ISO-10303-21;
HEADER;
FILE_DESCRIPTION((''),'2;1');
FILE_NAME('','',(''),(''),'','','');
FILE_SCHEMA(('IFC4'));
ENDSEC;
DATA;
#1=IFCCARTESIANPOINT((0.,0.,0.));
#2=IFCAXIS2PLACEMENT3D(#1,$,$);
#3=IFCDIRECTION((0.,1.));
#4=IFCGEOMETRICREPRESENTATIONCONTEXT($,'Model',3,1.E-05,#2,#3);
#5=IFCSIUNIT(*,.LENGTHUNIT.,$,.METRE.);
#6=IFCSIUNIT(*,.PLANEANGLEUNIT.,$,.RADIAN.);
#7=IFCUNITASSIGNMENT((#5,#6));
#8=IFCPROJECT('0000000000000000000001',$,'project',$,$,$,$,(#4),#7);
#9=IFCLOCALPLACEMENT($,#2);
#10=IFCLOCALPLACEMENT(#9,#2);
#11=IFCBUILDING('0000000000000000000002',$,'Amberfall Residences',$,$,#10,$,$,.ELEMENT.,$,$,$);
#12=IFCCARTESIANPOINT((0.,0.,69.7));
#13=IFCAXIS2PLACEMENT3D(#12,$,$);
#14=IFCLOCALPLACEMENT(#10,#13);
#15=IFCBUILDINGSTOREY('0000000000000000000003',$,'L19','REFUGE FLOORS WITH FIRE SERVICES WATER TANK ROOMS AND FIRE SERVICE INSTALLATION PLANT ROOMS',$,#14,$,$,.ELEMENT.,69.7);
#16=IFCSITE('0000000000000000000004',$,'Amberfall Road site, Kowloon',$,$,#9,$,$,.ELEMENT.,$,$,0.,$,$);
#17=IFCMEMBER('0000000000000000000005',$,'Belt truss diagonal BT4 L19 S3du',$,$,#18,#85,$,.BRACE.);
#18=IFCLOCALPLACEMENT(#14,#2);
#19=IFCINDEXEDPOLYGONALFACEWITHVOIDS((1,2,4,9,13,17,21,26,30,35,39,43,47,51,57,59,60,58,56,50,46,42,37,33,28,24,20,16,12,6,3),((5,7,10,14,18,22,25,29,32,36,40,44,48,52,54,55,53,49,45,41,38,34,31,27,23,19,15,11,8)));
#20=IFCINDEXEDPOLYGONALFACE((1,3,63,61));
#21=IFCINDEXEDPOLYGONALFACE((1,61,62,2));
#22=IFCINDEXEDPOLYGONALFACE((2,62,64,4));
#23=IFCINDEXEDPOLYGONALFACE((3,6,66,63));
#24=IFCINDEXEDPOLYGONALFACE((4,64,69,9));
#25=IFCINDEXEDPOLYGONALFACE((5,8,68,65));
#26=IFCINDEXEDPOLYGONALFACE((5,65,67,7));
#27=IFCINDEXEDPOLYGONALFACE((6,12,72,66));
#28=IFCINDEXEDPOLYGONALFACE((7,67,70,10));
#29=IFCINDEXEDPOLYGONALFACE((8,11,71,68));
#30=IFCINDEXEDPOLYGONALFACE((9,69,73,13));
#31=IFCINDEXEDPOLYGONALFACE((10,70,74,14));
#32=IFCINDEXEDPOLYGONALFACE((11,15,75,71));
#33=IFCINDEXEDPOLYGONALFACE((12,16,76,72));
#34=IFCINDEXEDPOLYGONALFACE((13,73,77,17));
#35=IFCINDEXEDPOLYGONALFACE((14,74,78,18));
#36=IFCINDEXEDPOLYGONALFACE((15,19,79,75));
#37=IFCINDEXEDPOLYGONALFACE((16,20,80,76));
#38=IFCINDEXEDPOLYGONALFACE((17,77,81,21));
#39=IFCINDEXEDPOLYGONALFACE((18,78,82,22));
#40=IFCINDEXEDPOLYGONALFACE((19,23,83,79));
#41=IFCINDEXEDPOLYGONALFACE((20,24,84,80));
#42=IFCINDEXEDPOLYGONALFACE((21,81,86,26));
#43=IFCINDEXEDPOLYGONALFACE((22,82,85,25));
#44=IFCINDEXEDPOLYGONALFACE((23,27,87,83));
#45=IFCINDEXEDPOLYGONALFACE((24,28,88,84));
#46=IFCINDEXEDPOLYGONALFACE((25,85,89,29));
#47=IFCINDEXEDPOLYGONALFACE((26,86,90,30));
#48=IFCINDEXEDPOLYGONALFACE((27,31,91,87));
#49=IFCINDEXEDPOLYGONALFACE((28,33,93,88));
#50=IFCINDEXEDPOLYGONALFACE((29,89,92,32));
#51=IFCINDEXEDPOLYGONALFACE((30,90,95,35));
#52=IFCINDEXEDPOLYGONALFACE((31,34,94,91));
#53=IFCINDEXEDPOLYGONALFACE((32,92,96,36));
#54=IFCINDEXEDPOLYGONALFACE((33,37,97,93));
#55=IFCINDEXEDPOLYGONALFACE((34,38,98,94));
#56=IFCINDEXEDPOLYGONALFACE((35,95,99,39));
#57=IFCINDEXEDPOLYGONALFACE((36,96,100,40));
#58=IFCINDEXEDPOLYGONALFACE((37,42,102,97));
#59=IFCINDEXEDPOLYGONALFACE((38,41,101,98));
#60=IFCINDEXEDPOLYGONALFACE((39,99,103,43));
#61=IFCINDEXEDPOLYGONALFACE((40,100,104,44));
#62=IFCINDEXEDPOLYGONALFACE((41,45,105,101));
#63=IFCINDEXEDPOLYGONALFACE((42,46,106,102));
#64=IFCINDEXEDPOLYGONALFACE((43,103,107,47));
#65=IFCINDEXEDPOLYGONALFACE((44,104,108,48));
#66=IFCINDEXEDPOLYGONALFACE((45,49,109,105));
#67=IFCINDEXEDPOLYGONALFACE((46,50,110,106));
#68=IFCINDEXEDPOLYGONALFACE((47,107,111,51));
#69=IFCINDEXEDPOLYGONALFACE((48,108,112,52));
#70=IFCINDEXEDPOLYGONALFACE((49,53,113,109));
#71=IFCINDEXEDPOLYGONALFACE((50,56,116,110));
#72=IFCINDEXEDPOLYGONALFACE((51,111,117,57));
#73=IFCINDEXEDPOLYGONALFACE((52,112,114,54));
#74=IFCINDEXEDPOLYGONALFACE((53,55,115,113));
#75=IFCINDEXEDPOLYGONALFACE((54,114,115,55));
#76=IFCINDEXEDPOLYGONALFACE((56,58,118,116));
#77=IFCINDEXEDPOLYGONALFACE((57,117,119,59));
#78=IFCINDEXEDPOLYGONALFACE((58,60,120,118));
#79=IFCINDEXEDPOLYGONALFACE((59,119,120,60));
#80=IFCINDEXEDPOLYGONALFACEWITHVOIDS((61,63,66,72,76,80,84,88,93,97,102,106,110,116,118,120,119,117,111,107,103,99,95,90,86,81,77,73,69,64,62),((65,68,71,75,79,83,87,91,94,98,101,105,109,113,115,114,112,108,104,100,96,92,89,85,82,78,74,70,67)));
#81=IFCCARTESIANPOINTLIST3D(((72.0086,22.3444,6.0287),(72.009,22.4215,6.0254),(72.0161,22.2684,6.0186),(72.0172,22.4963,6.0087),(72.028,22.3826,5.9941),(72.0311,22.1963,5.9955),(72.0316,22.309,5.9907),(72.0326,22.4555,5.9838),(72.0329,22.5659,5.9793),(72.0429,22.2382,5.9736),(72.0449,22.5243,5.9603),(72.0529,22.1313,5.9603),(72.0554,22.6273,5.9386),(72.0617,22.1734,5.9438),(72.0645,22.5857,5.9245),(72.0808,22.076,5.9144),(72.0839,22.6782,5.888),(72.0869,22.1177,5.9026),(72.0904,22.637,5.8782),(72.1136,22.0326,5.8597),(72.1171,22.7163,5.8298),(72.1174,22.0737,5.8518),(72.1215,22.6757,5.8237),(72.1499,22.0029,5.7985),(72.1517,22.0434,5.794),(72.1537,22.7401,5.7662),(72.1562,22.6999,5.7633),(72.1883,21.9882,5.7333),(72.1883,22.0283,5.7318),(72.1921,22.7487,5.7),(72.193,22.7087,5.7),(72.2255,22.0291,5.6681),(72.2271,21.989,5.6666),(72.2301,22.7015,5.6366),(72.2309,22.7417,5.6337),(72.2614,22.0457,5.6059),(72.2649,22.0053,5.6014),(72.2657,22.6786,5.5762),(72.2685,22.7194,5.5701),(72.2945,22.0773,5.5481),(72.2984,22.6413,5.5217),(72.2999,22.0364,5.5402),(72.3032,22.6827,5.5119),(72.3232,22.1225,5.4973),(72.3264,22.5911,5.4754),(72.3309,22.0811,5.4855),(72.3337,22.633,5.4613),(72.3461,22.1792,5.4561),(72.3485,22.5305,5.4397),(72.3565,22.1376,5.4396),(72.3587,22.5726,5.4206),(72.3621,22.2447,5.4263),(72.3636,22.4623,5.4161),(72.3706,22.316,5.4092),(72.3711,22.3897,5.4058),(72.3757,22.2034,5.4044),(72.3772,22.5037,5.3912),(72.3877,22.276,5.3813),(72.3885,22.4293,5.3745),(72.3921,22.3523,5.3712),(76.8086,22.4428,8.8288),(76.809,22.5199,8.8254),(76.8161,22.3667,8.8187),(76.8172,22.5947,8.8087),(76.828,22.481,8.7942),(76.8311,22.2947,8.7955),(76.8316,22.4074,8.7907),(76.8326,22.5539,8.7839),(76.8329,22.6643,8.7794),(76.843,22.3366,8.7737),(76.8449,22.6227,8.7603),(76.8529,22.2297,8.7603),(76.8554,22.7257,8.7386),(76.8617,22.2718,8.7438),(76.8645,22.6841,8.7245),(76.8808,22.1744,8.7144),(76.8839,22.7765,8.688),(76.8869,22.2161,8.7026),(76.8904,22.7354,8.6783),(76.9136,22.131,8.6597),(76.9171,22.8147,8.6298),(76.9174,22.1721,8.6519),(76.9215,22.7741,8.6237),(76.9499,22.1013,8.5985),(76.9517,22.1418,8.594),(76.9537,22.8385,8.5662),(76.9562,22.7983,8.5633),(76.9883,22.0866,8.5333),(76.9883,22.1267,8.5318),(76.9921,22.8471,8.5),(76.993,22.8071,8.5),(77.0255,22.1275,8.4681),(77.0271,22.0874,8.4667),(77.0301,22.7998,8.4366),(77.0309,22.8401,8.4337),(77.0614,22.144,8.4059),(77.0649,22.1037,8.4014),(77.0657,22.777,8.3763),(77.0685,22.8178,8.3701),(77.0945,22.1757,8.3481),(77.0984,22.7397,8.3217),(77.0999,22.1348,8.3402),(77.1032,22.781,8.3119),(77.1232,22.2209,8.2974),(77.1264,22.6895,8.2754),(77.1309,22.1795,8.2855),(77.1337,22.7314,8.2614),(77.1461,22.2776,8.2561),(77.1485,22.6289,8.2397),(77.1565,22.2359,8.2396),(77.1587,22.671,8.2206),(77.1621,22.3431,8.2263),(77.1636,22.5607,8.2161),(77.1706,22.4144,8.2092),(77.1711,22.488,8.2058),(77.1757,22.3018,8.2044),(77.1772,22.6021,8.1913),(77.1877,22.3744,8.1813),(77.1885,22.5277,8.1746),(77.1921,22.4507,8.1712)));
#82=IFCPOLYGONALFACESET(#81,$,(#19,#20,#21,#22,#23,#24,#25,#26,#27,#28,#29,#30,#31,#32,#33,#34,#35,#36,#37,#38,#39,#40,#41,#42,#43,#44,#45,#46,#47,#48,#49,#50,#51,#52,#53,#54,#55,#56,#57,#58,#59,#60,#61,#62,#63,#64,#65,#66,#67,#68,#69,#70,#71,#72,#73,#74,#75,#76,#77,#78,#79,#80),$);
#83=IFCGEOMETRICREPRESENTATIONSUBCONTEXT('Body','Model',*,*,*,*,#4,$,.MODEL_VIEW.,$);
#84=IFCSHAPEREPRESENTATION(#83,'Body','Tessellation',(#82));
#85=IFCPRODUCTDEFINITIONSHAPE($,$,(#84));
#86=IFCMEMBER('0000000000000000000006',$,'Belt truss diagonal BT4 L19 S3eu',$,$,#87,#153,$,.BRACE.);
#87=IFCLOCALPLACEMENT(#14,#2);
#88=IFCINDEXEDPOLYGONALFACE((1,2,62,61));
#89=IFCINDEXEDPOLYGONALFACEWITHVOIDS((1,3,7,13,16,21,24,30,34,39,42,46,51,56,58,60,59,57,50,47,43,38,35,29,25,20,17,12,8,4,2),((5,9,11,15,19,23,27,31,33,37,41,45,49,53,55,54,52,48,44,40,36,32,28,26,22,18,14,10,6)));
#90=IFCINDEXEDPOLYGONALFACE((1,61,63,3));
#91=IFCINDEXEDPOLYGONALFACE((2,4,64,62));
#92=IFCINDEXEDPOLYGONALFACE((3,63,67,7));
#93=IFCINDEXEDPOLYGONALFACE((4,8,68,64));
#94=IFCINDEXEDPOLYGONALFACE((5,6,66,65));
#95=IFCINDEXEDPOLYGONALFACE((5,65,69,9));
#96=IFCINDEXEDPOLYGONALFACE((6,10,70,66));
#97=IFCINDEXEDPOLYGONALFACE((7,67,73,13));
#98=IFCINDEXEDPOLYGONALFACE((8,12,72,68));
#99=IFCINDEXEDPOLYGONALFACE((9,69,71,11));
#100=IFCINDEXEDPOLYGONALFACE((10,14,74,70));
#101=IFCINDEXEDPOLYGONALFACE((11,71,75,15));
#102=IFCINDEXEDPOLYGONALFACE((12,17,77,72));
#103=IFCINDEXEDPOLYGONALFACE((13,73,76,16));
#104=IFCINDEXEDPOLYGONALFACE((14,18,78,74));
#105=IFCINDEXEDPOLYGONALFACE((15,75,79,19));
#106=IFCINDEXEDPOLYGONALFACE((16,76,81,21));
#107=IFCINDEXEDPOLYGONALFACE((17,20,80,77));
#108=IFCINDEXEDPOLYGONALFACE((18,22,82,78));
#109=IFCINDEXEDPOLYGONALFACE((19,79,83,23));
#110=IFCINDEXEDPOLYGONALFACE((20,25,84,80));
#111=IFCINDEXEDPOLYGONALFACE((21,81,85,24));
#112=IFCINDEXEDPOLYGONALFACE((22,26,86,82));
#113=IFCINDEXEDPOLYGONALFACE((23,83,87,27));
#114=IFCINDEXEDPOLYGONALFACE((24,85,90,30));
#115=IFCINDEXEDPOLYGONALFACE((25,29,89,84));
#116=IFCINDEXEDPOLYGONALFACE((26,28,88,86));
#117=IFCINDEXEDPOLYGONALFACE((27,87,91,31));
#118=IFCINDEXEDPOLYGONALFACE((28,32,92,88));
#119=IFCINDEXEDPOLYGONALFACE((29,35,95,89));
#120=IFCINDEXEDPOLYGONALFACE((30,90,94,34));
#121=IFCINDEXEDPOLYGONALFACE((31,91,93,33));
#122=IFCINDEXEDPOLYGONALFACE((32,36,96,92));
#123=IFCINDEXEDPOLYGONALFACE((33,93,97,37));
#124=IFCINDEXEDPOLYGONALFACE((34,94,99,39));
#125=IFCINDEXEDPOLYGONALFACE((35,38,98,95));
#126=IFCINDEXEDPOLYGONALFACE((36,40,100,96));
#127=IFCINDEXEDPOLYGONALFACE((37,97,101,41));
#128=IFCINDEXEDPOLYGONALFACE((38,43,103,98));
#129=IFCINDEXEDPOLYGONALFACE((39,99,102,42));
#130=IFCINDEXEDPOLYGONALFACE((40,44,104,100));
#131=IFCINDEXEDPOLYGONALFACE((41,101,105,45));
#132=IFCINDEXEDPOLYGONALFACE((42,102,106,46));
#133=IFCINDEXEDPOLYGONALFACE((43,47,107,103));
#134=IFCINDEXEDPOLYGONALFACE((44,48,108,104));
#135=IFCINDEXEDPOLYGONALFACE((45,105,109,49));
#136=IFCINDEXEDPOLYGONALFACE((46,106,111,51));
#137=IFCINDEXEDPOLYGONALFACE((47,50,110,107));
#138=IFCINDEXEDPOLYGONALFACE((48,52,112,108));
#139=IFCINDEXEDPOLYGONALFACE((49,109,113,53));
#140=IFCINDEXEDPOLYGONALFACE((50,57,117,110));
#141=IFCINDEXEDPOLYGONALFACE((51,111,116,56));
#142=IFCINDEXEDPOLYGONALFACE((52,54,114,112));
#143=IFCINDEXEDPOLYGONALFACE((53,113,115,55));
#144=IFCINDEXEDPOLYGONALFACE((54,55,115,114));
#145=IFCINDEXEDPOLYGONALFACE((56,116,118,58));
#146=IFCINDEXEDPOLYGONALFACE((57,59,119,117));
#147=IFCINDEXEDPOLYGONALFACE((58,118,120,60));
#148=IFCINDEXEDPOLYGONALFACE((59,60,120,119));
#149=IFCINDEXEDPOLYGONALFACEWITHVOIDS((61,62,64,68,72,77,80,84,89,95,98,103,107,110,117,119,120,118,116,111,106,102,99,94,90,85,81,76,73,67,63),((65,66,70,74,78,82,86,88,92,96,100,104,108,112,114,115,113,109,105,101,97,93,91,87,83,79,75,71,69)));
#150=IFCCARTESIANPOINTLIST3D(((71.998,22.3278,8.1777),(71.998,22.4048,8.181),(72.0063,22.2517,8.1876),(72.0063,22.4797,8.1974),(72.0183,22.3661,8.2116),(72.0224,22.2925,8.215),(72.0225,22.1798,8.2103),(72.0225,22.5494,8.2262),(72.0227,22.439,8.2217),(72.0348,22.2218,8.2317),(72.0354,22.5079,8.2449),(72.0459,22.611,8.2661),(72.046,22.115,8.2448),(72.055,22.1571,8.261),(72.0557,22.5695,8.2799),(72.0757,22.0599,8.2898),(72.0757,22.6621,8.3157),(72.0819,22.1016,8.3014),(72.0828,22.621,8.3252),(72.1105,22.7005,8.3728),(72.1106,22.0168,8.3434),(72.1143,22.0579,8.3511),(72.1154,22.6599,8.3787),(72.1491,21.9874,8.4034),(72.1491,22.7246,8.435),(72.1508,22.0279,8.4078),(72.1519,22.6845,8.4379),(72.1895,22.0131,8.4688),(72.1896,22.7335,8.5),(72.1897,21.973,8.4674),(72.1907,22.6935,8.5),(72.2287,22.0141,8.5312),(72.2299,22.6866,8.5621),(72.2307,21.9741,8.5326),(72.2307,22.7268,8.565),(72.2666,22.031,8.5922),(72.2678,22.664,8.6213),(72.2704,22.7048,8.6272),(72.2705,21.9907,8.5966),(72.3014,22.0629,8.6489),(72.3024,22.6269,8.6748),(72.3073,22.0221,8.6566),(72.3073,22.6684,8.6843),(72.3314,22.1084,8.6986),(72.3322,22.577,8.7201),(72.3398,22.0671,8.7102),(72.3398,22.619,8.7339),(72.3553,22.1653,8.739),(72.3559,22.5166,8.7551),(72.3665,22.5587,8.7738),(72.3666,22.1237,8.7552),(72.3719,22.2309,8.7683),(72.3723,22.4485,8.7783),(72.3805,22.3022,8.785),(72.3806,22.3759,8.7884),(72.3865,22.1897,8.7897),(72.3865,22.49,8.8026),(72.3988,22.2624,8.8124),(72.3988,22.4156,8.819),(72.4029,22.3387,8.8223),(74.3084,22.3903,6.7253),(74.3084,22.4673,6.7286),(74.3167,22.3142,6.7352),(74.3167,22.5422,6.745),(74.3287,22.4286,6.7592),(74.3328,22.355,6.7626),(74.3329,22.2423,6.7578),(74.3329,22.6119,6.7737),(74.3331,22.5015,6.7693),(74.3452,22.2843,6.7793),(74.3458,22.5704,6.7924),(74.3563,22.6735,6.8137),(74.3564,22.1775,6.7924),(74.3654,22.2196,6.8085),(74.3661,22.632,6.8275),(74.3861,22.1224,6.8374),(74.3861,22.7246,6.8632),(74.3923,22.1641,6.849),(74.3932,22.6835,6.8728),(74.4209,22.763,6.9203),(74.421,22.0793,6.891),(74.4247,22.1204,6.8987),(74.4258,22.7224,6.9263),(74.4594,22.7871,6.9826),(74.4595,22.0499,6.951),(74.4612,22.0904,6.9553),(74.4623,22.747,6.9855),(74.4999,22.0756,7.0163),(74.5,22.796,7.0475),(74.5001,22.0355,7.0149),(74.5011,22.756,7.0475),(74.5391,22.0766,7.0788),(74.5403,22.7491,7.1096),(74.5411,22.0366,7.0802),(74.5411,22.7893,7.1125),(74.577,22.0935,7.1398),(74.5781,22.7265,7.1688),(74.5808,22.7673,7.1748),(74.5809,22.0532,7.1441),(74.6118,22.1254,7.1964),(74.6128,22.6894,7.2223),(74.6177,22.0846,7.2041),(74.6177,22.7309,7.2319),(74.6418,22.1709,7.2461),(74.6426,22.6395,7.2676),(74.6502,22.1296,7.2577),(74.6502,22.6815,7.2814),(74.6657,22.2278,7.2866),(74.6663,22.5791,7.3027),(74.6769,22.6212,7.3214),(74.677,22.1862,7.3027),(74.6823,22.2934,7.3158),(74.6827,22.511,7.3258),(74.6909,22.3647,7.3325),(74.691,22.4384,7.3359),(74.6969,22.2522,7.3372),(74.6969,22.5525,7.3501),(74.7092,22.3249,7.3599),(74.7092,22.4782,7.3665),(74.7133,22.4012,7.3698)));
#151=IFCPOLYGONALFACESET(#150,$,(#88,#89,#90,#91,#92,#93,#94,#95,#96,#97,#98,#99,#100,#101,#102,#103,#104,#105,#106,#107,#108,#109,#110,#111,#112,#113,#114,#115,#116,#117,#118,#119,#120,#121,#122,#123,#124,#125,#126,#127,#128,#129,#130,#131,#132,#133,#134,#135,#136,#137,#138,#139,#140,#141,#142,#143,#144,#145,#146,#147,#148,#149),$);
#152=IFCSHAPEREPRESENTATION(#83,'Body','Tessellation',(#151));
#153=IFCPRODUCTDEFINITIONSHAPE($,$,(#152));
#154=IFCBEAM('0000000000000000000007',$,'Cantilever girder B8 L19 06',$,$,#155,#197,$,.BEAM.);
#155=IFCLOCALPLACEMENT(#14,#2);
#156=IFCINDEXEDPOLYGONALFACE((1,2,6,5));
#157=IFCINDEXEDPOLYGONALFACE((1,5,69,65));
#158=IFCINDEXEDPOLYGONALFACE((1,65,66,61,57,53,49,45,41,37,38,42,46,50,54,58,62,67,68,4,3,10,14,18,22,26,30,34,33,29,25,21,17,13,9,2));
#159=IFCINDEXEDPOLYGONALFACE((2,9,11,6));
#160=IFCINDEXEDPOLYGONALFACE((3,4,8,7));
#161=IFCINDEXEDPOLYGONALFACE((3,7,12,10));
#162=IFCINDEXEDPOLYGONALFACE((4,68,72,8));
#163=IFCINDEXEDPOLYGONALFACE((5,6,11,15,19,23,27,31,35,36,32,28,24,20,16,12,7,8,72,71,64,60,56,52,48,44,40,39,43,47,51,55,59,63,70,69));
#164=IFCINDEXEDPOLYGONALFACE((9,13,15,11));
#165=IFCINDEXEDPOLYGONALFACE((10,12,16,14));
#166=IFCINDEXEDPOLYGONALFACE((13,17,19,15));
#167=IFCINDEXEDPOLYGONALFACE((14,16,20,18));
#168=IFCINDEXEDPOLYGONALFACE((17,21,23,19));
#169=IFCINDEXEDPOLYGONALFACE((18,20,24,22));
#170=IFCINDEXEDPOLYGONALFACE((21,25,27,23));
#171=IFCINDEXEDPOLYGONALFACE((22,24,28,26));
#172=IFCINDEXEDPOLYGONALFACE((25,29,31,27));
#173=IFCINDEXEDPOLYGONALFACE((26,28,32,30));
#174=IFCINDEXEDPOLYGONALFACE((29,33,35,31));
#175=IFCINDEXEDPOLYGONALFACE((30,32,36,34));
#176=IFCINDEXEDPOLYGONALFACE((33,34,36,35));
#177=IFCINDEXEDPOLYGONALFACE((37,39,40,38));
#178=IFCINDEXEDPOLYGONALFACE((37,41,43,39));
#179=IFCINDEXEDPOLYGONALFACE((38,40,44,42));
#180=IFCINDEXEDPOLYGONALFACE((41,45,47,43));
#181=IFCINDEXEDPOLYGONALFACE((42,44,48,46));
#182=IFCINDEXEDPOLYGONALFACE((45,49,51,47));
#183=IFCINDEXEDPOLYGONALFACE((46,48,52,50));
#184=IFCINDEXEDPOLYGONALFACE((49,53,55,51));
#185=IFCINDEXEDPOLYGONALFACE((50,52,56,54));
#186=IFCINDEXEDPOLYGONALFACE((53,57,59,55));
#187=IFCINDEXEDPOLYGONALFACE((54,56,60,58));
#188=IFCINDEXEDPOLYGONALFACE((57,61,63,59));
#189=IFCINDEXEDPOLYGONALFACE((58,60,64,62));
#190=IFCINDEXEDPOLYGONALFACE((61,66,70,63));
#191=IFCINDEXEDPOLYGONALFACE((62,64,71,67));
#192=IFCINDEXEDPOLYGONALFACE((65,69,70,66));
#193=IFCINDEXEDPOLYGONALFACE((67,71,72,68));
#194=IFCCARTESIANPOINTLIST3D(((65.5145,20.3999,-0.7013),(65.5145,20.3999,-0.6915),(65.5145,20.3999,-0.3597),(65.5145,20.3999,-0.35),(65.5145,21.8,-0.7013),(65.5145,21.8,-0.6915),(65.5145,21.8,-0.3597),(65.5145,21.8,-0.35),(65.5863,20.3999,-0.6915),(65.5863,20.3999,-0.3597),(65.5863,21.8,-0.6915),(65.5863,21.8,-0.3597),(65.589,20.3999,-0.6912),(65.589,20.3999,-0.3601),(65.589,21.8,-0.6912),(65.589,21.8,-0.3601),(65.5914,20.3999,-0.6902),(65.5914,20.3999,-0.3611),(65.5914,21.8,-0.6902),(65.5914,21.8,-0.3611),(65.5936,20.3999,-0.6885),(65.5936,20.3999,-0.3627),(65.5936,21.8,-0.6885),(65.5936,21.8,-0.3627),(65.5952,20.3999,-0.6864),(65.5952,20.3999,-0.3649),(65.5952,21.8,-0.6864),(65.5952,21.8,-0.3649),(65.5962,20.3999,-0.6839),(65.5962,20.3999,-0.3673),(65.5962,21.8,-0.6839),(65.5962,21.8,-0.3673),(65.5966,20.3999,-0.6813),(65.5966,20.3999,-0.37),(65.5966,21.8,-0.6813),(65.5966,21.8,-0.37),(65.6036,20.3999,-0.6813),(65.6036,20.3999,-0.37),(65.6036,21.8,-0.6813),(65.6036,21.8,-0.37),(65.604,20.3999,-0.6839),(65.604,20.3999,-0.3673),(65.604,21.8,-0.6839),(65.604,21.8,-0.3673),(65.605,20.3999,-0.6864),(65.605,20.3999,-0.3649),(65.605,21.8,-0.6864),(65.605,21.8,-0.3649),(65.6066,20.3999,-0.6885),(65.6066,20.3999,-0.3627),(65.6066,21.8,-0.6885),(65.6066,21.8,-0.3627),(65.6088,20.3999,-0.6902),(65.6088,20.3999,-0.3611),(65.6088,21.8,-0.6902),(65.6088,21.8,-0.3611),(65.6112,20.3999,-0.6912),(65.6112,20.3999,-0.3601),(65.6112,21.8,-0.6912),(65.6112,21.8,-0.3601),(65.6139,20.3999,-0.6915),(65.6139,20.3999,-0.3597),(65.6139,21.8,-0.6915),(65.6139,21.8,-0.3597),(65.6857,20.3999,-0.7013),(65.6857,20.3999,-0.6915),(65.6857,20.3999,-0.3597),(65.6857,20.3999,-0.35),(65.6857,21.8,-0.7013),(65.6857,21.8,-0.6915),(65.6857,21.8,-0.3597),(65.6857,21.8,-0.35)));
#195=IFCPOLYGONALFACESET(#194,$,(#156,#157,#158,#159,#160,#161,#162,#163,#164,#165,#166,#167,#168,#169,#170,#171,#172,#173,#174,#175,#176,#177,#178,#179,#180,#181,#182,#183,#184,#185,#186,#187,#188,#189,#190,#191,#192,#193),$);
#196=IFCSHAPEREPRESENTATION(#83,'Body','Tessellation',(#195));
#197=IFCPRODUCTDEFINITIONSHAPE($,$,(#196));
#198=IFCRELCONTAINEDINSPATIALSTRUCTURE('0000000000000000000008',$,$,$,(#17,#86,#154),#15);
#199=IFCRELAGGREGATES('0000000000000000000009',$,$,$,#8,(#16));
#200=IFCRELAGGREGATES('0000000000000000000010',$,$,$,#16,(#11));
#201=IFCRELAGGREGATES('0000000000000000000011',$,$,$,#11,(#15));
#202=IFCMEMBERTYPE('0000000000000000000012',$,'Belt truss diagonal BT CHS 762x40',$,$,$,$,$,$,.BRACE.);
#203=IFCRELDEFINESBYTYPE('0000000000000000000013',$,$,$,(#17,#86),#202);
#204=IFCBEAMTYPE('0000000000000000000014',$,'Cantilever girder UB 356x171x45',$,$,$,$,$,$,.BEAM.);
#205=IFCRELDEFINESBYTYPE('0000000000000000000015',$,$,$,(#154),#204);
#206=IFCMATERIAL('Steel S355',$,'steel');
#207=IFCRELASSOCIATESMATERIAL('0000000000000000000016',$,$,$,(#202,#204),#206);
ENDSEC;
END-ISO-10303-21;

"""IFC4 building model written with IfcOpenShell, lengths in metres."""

from ifc_helpers import new_model, si_unit, direction, frame, origin, origin_2d, place, context, subcontext, project, spatial, hollow_circle, i_section, extrude, material, material_profile, profile_set, type_object, element, save


model = new_model("IFC4")

# Units and contexts
model_context = context("Model", 3, precision=1e-05, world=origin(), true_north=direction((0.0, 1.0)))
body_context = subcontext(model_context, "Body", "Model", "MODEL_VIEW")
ifc_project = project(units=[si_unit("LENGTHUNIT", "METRE"), si_unit("PLANEANGLEUNIT", "RADIAN")], contexts=[model_context])

# Site, building, storey
site_placement = place(None, origin())
site = spatial("IfcSite", under=ifc_project, at=site_placement, Name="Amberfall Road site, Kowloon", CompositionType="ELEMENT", RefElevation=0.0)
building_placement = place(site_placement, origin())
building = spatial("IfcBuilding", under=site, at=building_placement, Name="Amberfall Residences", CompositionType="ELEMENT")
storey_placement = place(building_placement, frame((0.0, 0.0, 69.7)))
storey = spatial("IfcBuildingStorey", under=building, at=storey_placement, Name="L19", Description="REFUGE FLOORS WITH FIRE SERVICES WATER TANK ROOMS AND FIRE SERVICE INSTALLATION PLANT ROOMS", CompositionType="ELEMENT", Elevation=69.7)

# Shared definitions
ifc_material_1 = material(Name="Steel S355", Category="steel")

# Members
ifc_material_profile_1 = material_profile(ifc_material_1, hollow_circle(Radius=0.3811, WallThickness=0.04, at=origin_2d()), Name="CHS 762x40")
ifc_profile_set_1 = profile_set([ifc_material_profile_1], Name="Steel S355")
member_type = type_object("IfcMemberType", Name="Belt truss diagonal BT CHS 762x40", PredefinedType="BRACE", material=ifc_profile_set_1)
member_1_placement = place(storey_placement, frame((72.2, 22.3677, 5.7), z_axis=(0.863642, 0.017702, 0.503795), x_axis=(-0.020493, 0.99979, 0.0)))
element("IfcMember", 1, at=member_1_placement, inside=storey, type_object=member_type, Name="Belt truss diagonal BT4 L19 S3du", PredefinedType="BRACE", context=body_context, shape_type="SweptSolid", body=[
    extrude(hollow_circle(Radius=0.3811, WallThickness=0.04, at=origin_2d()), origin(), (0.0, 0.0, 1.0), 5.5579),
])
member_2_placement = place(storey_placement, frame((72.2, 22.3525, 8.5), z_axis=(0.846381, 0.022897, -0.532085), x_axis=(-0.027043, 0.999634, 0.0)))
element("IfcMember", 2, at=member_2_placement, inside=storey, type_object=member_type, Name="Belt truss diagonal BT4 L19 S3eu", PredefinedType="BRACE", context=body_context, shape_type="SweptSolid", body=[
    extrude(hollow_circle(Radius=0.3811, WallThickness=0.04, at=origin_2d()), origin(), (0.0, 0.0, 1.0), 2.7297),
])

# Beam
ifc_material_profile_2 = material_profile(ifc_material_1, i_section(OverallWidth=0.1711, OverallDepth=0.3513, WebThickness=0.0071, FlangeThickness=0.0098, FilletRadius=0.0103, at=origin_2d()), Name="UB 356x171x45")
ifc_profile_set_2 = profile_set([ifc_material_profile_2], Name="Steel S355")
beam_type_1 = type_object("IfcBeamType", Name="Cantilever girder UB 356x171x45", PredefinedType="BEAM", material=ifc_profile_set_2)
beam_1_placement = place(storey_placement, frame((65.6001, 21.8, -0.5256), z_axis=(0.0, -1.0, 0.0), x_axis=(1.0, 0.0, 0.0)))
element("IfcBeam", 3, at=beam_1_placement, inside=storey, type_object=beam_type_1, Name="Cantilever girder B8 L19 06", PredefinedType="BEAM", context=body_context, shape_type="SweptSolid", body=[
    extrude(i_section(OverallWidth=0.1711, OverallDepth=0.3513, WebThickness=0.0071, FlangeThickness=0.0098, FilletRadius=0.0103, at=origin_2d()), origin(), (0.0, 0.0, 1.0), 1.4001),
])

save(model, "model.ifc")
